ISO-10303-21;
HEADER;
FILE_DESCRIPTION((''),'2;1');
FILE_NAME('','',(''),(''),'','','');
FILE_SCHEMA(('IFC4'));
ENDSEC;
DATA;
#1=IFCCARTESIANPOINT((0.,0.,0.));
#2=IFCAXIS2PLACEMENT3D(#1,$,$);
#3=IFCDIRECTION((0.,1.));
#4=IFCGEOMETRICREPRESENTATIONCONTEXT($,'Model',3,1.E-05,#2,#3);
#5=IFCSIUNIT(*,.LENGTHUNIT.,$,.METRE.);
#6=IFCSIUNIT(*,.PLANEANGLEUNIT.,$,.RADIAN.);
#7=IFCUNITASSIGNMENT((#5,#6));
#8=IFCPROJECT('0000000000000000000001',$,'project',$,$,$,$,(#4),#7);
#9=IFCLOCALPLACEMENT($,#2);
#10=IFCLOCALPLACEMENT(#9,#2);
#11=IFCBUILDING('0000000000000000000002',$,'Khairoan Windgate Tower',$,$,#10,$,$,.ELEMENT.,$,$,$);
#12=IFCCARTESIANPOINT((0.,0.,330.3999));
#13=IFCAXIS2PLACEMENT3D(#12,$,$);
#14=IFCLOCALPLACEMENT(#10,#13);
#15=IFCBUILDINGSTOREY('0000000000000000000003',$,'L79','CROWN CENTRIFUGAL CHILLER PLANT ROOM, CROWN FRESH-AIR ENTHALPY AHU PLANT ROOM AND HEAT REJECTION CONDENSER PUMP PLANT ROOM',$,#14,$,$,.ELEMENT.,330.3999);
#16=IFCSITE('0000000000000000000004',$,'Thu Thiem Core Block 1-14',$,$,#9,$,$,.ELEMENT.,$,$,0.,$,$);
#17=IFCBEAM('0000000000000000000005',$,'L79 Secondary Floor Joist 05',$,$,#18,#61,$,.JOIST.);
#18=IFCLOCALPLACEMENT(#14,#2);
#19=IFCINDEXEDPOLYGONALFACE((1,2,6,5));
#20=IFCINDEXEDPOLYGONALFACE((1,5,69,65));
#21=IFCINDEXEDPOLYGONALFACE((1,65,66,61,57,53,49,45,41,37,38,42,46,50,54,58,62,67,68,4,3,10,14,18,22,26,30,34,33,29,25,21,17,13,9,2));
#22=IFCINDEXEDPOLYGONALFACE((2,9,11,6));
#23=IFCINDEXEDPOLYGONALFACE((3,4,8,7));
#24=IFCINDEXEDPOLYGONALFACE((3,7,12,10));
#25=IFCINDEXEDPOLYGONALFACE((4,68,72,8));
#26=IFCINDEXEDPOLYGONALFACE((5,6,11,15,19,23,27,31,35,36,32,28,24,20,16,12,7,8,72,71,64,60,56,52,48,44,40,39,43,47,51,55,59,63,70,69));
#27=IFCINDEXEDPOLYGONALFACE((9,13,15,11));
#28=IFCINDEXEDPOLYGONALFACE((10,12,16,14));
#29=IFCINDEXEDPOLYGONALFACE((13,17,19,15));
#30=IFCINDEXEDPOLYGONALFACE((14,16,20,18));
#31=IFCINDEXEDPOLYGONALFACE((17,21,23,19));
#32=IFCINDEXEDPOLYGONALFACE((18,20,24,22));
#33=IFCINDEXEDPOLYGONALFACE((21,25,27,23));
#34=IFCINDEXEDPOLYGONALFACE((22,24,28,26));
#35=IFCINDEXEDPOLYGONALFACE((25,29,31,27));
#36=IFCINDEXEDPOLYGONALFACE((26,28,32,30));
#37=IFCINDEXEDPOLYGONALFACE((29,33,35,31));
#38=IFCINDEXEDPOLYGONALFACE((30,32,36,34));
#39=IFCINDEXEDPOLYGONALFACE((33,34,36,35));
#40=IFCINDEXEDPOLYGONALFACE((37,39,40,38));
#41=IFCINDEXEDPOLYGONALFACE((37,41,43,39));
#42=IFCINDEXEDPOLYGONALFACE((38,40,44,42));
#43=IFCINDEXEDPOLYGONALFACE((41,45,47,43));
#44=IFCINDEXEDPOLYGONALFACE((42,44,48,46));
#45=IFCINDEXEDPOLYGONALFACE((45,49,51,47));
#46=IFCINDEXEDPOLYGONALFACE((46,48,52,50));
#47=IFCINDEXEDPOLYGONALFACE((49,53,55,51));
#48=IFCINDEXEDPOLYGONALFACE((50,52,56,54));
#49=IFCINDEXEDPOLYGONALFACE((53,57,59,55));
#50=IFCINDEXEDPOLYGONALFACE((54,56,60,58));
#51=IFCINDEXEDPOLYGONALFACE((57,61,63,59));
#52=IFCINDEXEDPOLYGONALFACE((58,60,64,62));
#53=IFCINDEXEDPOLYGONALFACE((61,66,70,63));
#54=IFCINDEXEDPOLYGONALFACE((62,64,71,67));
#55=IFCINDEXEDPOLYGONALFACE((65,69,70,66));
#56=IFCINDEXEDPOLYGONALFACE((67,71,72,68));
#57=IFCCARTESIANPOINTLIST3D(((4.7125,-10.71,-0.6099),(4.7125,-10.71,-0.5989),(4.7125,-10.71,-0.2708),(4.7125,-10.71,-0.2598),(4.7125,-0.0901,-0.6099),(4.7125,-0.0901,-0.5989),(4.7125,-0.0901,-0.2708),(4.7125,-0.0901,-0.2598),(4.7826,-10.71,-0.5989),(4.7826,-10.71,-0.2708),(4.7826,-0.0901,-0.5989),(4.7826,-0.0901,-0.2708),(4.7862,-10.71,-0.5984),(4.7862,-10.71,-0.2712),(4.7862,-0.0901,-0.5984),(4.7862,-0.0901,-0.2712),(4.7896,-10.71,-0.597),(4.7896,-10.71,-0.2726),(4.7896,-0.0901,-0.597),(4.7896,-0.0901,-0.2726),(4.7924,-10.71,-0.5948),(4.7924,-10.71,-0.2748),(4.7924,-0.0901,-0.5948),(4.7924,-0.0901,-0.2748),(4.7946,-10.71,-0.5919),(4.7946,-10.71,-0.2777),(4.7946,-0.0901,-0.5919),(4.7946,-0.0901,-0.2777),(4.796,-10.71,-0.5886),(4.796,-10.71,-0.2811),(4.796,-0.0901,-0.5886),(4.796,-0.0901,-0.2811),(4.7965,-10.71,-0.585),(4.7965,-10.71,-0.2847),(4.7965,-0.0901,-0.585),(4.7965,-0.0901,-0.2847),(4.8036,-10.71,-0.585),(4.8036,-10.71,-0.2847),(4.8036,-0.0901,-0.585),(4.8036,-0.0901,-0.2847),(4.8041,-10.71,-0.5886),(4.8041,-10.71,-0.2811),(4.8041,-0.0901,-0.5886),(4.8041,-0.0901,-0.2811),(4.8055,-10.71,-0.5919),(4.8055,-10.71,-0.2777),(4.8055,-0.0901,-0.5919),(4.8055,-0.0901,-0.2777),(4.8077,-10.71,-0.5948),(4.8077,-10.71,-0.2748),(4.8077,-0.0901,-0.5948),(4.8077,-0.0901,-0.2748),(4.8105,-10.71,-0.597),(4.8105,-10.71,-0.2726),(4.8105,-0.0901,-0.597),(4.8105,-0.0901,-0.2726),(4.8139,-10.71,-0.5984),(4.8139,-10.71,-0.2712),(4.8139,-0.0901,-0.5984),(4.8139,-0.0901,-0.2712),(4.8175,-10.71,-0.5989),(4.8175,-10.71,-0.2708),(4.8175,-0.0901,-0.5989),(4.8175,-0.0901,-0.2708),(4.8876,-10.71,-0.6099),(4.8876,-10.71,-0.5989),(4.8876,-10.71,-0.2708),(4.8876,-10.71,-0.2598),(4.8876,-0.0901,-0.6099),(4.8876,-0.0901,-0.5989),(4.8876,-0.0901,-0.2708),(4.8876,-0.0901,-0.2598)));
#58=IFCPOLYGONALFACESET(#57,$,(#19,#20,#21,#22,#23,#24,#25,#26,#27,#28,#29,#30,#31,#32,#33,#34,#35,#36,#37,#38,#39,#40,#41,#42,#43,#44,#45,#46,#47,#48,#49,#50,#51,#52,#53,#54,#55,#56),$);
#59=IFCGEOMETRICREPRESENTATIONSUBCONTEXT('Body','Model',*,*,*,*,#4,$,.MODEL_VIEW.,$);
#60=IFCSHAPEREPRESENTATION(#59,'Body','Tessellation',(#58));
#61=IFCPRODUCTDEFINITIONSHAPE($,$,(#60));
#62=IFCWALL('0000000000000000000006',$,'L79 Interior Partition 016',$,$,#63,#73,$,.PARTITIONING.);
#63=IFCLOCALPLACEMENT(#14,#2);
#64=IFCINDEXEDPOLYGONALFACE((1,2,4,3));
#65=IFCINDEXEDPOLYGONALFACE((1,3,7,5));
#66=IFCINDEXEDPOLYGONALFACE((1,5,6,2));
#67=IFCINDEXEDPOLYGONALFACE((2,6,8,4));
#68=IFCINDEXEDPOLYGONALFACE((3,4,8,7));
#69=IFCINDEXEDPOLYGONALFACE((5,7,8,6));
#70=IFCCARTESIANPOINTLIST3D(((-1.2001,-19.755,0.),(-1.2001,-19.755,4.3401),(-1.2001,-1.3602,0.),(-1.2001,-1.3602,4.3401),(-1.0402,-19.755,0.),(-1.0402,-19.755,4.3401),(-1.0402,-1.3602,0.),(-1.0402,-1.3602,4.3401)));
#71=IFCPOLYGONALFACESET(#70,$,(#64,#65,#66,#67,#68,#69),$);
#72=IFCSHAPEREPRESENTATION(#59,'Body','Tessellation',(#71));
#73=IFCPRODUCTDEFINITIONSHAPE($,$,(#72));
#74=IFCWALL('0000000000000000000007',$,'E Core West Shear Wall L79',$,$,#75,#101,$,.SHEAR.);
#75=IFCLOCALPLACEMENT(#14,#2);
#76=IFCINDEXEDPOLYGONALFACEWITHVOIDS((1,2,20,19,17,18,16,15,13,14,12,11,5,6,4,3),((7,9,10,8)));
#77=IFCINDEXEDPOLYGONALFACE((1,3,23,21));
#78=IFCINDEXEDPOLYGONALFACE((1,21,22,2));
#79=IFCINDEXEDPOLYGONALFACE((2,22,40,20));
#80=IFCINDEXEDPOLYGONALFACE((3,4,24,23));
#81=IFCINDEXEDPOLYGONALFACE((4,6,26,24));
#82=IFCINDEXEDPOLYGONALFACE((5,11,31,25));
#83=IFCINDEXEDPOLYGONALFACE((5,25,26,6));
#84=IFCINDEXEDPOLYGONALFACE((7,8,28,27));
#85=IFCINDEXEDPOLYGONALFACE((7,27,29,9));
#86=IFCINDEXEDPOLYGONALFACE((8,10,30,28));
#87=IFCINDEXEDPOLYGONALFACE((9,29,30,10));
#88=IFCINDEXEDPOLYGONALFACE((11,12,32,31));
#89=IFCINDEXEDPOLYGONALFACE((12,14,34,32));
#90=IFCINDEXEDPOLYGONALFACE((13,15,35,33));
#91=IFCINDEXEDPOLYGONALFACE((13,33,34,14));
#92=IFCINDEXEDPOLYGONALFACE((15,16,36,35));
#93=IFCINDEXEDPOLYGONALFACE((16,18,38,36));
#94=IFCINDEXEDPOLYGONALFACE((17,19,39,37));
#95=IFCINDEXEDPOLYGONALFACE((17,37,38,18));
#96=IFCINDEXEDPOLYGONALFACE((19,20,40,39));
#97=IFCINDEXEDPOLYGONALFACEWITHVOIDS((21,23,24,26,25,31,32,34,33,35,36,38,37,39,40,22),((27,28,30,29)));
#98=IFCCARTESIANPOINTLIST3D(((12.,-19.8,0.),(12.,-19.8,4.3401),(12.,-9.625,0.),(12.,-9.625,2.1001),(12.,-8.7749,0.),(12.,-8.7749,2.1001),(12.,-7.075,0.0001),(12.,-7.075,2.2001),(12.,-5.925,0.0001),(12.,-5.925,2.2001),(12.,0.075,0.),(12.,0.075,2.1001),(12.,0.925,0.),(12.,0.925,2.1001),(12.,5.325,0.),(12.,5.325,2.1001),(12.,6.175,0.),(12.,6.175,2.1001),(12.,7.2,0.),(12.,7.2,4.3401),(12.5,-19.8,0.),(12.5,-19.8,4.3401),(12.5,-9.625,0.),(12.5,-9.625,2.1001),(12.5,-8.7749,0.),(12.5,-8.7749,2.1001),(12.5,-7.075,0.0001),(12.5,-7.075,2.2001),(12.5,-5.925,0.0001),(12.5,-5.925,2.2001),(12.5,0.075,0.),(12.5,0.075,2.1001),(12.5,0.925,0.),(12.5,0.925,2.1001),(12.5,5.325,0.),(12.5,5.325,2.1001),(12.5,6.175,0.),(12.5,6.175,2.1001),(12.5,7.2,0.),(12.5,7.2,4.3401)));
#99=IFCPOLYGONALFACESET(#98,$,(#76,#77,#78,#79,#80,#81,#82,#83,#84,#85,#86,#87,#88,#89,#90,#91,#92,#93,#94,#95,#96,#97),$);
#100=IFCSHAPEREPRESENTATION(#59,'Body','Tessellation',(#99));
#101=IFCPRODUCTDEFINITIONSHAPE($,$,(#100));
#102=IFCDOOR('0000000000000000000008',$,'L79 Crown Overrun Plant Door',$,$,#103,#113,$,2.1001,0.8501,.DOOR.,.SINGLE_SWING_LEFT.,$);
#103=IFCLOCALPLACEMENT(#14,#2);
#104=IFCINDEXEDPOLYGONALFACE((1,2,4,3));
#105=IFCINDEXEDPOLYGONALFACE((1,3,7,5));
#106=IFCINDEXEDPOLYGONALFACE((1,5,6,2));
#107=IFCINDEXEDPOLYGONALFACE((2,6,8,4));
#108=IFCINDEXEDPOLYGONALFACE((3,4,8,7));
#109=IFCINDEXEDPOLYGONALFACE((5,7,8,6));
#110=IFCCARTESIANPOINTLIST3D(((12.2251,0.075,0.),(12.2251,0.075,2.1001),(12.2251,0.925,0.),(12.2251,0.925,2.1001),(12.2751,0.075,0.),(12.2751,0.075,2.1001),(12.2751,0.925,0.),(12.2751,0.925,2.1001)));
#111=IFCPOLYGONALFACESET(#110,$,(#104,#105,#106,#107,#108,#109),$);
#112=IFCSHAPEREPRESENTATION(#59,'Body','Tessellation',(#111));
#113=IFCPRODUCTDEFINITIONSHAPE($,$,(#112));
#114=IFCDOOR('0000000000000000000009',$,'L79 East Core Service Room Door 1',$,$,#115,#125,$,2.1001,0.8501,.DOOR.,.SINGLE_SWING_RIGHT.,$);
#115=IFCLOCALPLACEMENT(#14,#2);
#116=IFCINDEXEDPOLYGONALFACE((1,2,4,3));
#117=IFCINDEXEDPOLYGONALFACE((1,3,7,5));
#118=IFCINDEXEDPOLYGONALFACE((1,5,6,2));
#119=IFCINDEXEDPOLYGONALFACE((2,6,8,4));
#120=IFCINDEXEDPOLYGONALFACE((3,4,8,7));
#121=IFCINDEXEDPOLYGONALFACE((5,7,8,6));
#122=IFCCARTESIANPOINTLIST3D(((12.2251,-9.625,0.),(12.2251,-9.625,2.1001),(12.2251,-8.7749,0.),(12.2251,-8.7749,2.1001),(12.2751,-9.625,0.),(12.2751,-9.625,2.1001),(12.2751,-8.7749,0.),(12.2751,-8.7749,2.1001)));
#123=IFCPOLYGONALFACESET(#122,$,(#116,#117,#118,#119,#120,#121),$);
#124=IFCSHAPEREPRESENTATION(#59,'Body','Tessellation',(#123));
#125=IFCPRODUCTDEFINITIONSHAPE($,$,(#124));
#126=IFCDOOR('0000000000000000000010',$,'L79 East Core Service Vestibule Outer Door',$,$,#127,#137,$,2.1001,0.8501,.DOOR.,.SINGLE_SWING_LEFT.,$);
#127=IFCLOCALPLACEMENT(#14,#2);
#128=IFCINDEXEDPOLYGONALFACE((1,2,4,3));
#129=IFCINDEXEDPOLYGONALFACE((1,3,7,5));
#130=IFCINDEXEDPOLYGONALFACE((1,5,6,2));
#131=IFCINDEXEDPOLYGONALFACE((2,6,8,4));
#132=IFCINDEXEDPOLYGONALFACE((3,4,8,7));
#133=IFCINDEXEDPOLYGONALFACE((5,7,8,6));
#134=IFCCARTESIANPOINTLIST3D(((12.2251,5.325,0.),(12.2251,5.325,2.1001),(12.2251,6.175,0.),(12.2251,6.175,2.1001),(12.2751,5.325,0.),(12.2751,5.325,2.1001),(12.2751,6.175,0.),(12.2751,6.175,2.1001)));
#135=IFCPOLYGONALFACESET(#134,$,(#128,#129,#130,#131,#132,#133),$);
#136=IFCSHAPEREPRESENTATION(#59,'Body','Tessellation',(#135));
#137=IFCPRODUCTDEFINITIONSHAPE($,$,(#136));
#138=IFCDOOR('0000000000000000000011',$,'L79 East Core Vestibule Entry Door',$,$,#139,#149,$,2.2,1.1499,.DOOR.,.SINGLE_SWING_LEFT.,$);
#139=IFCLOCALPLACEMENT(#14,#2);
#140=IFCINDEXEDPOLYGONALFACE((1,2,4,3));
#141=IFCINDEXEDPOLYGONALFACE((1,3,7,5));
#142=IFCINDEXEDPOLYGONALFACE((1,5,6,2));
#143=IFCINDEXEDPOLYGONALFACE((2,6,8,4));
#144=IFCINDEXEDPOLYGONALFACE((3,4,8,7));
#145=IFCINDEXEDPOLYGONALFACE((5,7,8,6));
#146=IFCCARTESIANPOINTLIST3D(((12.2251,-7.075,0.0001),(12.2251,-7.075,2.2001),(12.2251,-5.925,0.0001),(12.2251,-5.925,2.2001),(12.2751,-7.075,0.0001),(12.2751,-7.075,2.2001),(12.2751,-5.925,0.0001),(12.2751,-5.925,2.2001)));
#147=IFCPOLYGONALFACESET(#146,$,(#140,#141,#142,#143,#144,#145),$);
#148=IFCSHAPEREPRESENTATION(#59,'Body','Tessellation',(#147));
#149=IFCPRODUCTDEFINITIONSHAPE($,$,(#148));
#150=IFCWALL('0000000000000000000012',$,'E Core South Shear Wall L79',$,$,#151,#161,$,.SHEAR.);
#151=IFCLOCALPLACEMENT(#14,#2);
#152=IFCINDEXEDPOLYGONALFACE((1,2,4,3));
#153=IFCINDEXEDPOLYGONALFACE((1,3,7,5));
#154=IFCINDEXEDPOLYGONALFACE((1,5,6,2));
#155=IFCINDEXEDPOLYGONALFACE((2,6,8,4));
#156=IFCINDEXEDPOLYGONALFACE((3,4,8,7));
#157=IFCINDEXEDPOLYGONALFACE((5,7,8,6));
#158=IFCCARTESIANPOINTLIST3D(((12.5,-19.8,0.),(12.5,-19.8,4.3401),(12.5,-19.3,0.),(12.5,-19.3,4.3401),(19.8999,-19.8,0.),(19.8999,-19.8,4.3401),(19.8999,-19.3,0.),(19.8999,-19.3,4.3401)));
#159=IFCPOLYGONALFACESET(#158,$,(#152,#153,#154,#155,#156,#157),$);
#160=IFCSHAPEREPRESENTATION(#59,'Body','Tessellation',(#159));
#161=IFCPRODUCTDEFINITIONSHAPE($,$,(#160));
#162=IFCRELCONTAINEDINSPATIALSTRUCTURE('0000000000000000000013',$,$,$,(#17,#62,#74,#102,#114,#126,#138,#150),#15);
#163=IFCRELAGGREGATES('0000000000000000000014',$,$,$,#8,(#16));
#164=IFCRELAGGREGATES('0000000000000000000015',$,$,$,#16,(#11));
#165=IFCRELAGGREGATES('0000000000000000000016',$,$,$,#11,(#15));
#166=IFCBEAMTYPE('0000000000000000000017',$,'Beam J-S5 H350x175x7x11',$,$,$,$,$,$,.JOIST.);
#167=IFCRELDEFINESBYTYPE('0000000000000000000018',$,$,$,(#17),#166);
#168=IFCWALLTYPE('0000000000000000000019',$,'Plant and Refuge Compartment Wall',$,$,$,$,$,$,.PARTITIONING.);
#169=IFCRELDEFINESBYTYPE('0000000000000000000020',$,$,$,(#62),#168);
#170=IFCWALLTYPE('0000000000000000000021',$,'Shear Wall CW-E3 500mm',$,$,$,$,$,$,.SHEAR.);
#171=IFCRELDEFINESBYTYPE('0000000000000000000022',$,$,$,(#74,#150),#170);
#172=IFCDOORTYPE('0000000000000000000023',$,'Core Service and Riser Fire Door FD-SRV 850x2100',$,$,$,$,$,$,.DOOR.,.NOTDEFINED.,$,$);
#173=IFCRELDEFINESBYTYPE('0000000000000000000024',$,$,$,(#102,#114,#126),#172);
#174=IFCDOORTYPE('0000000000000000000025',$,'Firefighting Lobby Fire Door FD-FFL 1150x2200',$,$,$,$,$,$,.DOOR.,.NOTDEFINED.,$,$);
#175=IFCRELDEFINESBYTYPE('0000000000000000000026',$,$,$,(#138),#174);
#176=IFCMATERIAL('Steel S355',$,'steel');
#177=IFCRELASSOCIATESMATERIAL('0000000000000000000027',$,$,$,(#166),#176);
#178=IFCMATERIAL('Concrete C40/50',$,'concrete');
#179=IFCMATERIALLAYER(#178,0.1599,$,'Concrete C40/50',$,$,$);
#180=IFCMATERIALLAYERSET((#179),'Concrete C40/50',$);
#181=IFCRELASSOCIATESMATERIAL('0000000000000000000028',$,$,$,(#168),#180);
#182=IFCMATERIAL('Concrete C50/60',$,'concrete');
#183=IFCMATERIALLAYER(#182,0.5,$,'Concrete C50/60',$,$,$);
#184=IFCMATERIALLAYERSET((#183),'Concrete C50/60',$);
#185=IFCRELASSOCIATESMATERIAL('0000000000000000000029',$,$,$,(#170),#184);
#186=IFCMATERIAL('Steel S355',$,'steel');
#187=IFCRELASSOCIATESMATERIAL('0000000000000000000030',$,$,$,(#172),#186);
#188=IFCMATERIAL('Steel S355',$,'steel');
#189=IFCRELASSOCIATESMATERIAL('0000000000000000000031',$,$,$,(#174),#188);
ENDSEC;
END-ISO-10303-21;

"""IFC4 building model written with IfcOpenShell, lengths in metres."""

from ifc_helpers import new_model, si_unit, direction, frame, frame_2d, origin, origin_2d, place, context, subcontext, project, spatial, rectangle, i_section, extrude, material, layer, layer_set, material_profile, profile_set, type_object, element, fill, save


model = new_model("IFC4")

# Units and contexts
model_context = context("Model", 3, precision=1e-05, world=origin(), true_north=direction((0.0, 1.0)))
body_context = subcontext(model_context, "Body", "Model", "MODEL_VIEW")
ifc_project = project(units=[si_unit("LENGTHUNIT", "METRE"), si_unit("PLANEANGLEUNIT", "RADIAN")], contexts=[model_context])

# Site, building, storey
site_placement = place(None, origin())
site = spatial("IfcSite", under=ifc_project, at=site_placement, Name="Thu Thiem Core Block 1-14", CompositionType="ELEMENT", RefElevation=0.0)
building_placement = place(site_placement, origin())
building = spatial("IfcBuilding", under=site, at=building_placement, Name="Khairoan Windgate Tower", CompositionType="ELEMENT")
storey_placement = place(building_placement, frame((0.0, 0.0, 330.3999)))
storey = spatial("IfcBuildingStorey", under=building, at=storey_placement, Name="L79", Description="CROWN CENTRIFUGAL CHILLER PLANT ROOM, CROWN FRESH-AIR ENTHALPY AHU PLANT ROOM AND HEAT REJECTION CONDENSER PUMP PLANT ROOM", CompositionType="ELEMENT", Elevation=330.3999)

# Beam
ifc_material_1 = material(Name="Steel S355", Category="steel")
ifc_material_profile_1 = material_profile(ifc_material_1, i_section(OverallWidth=0.175, OverallDepth=0.3501, WebThickness=0.0071, FlangeThickness=0.011, FilletRadius=0.0139, at=origin_2d()))
ifc_profile_set_1 = profile_set([ifc_material_profile_1], Name="Steel S355")
beam_type_1 = type_object("IfcBeamType", Name="Beam J-S5 H350x175x7x11", PredefinedType="JOIST", material=ifc_profile_set_1)
beam_1_placement = place(storey_placement, frame((4.8, -10.71, -0.4348), z_axis=(0.0, 1.0, 0.0), x_axis=(-1.0, 0.0, 0.0)))
element("IfcBeam", 1, at=beam_1_placement, inside=storey, type_object=beam_type_1, Name="L79 Secondary Floor Joist 05", PredefinedType="JOIST", context=body_context, shape_type="SweptSolid", body=[
    extrude(i_section(OverallWidth=0.175, OverallDepth=0.3501, WebThickness=0.0071, FlangeThickness=0.011, FilletRadius=0.0139, at=origin_2d()), origin(), (0.0, 0.0, 1.0), 10.6199),
])

# Wall
ifc_material_2 = material(Name="Concrete C40/50", Category="concrete")
ifc_layer_1 = layer(ifc_material_2, 0.1599, Name="Concrete C40/50")
ifc_layer_set_1 = layer_set([ifc_layer_1], Name="Concrete C40/50")
wall_type_1 = type_object("IfcWallType", Name="Plant and Refuge Compartment Wall", PredefinedType="PARTITIONING", material=ifc_layer_set_1)
wall_1_placement = place(storey_placement, frame((-1.1201, -19.7549, 0.0), z_axis=(0.0, 0.0, 1.0), x_axis=(0.0, 1.0, 0.0)))
element("IfcWall", 2, at=wall_1_placement, inside=storey, type_object=wall_type_1, Name="L79 Interior Partition 016", PredefinedType="PARTITIONING", context=body_context, shape_type="SweptSolid", body=[
    extrude(rectangle(XDim=18.3948, YDim=0.1599, at=frame_2d((9.1973, 0.0))), origin(), (0.0, 0.0, 1.0), 4.3401),
])

# Wall, openings, doors
ifc_material_3 = material(Name="Concrete C50/60", Category="concrete")
ifc_layer_2 = layer(ifc_material_3, 0.5, Name="Concrete C50/60")
ifc_layer_set_2 = layer_set([ifc_layer_2], Name="Concrete C50/60")
wall_type_2 = type_object("IfcWallType", Name="Shear Wall CW-E3 500mm", PredefinedType="SHEAR", material=ifc_layer_set_2)
wall_2_placement = place(storey_placement, frame((12.25, -19.8, 0.0), z_axis=(0.0, 0.0, 1.0), x_axis=(0.0, 1.0, 0.0)))
wall_2 = element("IfcWall", 3, at=wall_2_placement, inside=storey, type_object=wall_type_2, Name="E Core West Shear Wall L79", PredefinedType="SHEAR", context=body_context, shape_type="SweptSolid", body=[
    extrude(rectangle(XDim=27.0, YDim=0.5, at=frame_2d((13.5, 0.0))), origin(), (0.0, 0.0, 1.0), 4.3401),
])
opening_1_placement = place(wall_2_placement, frame((19.875, 0.0, 0.0)))
opening_1 = element("IfcOpeningElement", 4, at=opening_1_placement, cuts=wall_2, PredefinedType="OPENING", context=body_context, shape_type="SweptSolid", body=[
    extrude(rectangle(XDim=0.8501, YDim=2.1001, at=frame_2d((0.425, 1.05))), frame((0.0, 0.26, 0.0), z_axis=(0.0, -1.0, 0.0), x_axis=(1.0, 0.0, 0.0)), (0.0, 0.0, 1.0), 0.52),
])
opening_2_placement = place(wall_2_placement, frame((10.175, 0.0, 0.0)))
opening_2 = element("IfcOpeningElement", 5, at=opening_2_placement, cuts=wall_2, PredefinedType="OPENING", context=body_context, shape_type="SweptSolid", body=[
    extrude(rectangle(XDim=0.8501, YDim=2.1001, at=frame_2d((0.425, 1.05))), frame((0.0, 0.26, 0.0), z_axis=(0.0, -1.0, 0.0), x_axis=(1.0, 0.0, 0.0)), (0.0, 0.0, 1.0), 0.52),
])
opening_3_placement = place(wall_2_placement, frame((12.7251, 0.0, 0.0)))
opening_3 = element("IfcOpeningElement", 6, at=opening_3_placement, cuts=wall_2, PredefinedType="OPENING", context=body_context, shape_type="SweptSolid", body=[
    extrude(rectangle(XDim=1.1499, YDim=2.2, at=frame_2d((0.575, 1.1001))), frame((0.0, 0.26, 0.0), z_axis=(0.0, -1.0, 0.0), x_axis=(1.0, 0.0, 0.0)), (0.0, 0.0, 1.0), 0.52),
])
opening_4_placement = place(wall_2_placement, frame((25.125, 0.0, 0.0)))
opening_4 = element("IfcOpeningElement", 7, at=opening_4_placement, cuts=wall_2, PredefinedType="OPENING", context=body_context, shape_type="SweptSolid", body=[
    extrude(rectangle(XDim=0.8501, YDim=2.1001, at=frame_2d((0.425, 1.05))), frame((0.0, 0.26, 0.0), z_axis=(0.0, -1.0, 0.0), x_axis=(1.0, 0.0, 0.0)), (0.0, 0.0, 1.0), 0.52),
])
ifc_material_4 = material(Name="Steel S355", Category="steel")
door_type_1 = type_object("IfcDoorType", Name="Core Service and Riser Fire Door FD-SRV 850x2100", OperationType="NOTDEFINED", PredefinedType="DOOR", material=ifc_material_4)
door_1_placement = place(opening_1_placement, origin())
door_1 = element("IfcDoor", 8, at=door_1_placement, inside=storey, type_object=door_type_1, Name="L79 Crown Overrun Plant Door", OperationType="SINGLE_SWING_LEFT", OverallHeight=2.1001, OverallWidth=0.8501, PredefinedType="DOOR", context=body_context, shape_type="SweptSolid", body=[
    extrude(rectangle(XDim=0.8501, YDim=2.1001, at=frame_2d((0.425, 1.05))), frame((0.0, 0.0249, 0.0), z_axis=(0.0, -1.0, 0.0), x_axis=(1.0, 0.0, 0.0)), (0.0, 0.0, 1.0), 0.05),
])
fill(opening_1, door_1)
door_2_placement = place(opening_2_placement, origin())
door_2 = element("IfcDoor", 9, at=door_2_placement, inside=storey, type_object=door_type_1, Name="L79 East Core Service Room Door 1", OperationType="SINGLE_SWING_RIGHT", OverallHeight=2.1001, OverallWidth=0.8501, PredefinedType="DOOR", context=body_context, shape_type="SweptSolid", body=[
    extrude(rectangle(XDim=0.8501, YDim=2.1001, at=frame_2d((0.425, 1.05))), frame((0.0, 0.0249, 0.0), z_axis=(0.0, -1.0, 0.0), x_axis=(1.0, 0.0, 0.0)), (0.0, 0.0, 1.0), 0.05),
])
fill(opening_2, door_2)
door_3_placement = place(opening_4_placement, origin())
door_3 = element("IfcDoor", 10, at=door_3_placement, inside=storey, type_object=door_type_1, Name="L79 East Core Service Vestibule Outer Door", OperationType="SINGLE_SWING_LEFT", OverallHeight=2.1001, OverallWidth=0.8501, PredefinedType="DOOR", context=body_context, shape_type="SweptSolid", body=[
    extrude(rectangle(XDim=0.8501, YDim=2.1001, at=frame_2d((0.425, 1.05))), frame((0.0, 0.0249, 0.0), z_axis=(0.0, -1.0, 0.0), x_axis=(1.0, 0.0, 0.0)), (0.0, 0.0, 1.0), 0.05),
])
fill(opening_4, door_3)
ifc_material_5 = material(Name="Steel S355", Category="steel")
door_type_2 = type_object("IfcDoorType", Name="Firefighting Lobby Fire Door FD-FFL 1150x2200", OperationType="NOTDEFINED", PredefinedType="DOOR", material=ifc_material_5)
door_4_placement = place(opening_3_placement, origin())
door_4 = element("IfcDoor", 11, at=door_4_placement, inside=storey, type_object=door_type_2, Name="L79 East Core Vestibule Entry Door", OperationType="SINGLE_SWING_LEFT", OverallHeight=2.2, OverallWidth=1.1499, PredefinedType="DOOR", context=body_context, shape_type="SweptSolid", body=[
    extrude(rectangle(XDim=1.1499, YDim=2.2, at=frame_2d((0.575, 1.1001))), frame((0.0, 0.0249, 0.0), z_axis=(0.0, -1.0, 0.0), x_axis=(1.0, 0.0, 0.0)), (0.0, 0.0, 1.0), 0.05),
])
fill(opening_3, door_4)

# Wall
wall_3_placement = place(storey_placement, frame((12.5, -19.55, 0.0), z_axis=(0.0, 0.0, 1.0), x_axis=(1.0, 0.0, 0.0)))
element("IfcWall", 12, at=wall_3_placement, inside=storey, type_object=wall_type_2, Name="E Core South Shear Wall L79", PredefinedType="SHEAR", context=body_context, shape_type="SweptSolid", body=[
    extrude(rectangle(XDim=7.3999, YDim=0.5, at=frame_2d((3.7, 0.0))), origin(), (0.0, 0.0, 1.0), 4.3401),
])

save(model, "model.ifc")
